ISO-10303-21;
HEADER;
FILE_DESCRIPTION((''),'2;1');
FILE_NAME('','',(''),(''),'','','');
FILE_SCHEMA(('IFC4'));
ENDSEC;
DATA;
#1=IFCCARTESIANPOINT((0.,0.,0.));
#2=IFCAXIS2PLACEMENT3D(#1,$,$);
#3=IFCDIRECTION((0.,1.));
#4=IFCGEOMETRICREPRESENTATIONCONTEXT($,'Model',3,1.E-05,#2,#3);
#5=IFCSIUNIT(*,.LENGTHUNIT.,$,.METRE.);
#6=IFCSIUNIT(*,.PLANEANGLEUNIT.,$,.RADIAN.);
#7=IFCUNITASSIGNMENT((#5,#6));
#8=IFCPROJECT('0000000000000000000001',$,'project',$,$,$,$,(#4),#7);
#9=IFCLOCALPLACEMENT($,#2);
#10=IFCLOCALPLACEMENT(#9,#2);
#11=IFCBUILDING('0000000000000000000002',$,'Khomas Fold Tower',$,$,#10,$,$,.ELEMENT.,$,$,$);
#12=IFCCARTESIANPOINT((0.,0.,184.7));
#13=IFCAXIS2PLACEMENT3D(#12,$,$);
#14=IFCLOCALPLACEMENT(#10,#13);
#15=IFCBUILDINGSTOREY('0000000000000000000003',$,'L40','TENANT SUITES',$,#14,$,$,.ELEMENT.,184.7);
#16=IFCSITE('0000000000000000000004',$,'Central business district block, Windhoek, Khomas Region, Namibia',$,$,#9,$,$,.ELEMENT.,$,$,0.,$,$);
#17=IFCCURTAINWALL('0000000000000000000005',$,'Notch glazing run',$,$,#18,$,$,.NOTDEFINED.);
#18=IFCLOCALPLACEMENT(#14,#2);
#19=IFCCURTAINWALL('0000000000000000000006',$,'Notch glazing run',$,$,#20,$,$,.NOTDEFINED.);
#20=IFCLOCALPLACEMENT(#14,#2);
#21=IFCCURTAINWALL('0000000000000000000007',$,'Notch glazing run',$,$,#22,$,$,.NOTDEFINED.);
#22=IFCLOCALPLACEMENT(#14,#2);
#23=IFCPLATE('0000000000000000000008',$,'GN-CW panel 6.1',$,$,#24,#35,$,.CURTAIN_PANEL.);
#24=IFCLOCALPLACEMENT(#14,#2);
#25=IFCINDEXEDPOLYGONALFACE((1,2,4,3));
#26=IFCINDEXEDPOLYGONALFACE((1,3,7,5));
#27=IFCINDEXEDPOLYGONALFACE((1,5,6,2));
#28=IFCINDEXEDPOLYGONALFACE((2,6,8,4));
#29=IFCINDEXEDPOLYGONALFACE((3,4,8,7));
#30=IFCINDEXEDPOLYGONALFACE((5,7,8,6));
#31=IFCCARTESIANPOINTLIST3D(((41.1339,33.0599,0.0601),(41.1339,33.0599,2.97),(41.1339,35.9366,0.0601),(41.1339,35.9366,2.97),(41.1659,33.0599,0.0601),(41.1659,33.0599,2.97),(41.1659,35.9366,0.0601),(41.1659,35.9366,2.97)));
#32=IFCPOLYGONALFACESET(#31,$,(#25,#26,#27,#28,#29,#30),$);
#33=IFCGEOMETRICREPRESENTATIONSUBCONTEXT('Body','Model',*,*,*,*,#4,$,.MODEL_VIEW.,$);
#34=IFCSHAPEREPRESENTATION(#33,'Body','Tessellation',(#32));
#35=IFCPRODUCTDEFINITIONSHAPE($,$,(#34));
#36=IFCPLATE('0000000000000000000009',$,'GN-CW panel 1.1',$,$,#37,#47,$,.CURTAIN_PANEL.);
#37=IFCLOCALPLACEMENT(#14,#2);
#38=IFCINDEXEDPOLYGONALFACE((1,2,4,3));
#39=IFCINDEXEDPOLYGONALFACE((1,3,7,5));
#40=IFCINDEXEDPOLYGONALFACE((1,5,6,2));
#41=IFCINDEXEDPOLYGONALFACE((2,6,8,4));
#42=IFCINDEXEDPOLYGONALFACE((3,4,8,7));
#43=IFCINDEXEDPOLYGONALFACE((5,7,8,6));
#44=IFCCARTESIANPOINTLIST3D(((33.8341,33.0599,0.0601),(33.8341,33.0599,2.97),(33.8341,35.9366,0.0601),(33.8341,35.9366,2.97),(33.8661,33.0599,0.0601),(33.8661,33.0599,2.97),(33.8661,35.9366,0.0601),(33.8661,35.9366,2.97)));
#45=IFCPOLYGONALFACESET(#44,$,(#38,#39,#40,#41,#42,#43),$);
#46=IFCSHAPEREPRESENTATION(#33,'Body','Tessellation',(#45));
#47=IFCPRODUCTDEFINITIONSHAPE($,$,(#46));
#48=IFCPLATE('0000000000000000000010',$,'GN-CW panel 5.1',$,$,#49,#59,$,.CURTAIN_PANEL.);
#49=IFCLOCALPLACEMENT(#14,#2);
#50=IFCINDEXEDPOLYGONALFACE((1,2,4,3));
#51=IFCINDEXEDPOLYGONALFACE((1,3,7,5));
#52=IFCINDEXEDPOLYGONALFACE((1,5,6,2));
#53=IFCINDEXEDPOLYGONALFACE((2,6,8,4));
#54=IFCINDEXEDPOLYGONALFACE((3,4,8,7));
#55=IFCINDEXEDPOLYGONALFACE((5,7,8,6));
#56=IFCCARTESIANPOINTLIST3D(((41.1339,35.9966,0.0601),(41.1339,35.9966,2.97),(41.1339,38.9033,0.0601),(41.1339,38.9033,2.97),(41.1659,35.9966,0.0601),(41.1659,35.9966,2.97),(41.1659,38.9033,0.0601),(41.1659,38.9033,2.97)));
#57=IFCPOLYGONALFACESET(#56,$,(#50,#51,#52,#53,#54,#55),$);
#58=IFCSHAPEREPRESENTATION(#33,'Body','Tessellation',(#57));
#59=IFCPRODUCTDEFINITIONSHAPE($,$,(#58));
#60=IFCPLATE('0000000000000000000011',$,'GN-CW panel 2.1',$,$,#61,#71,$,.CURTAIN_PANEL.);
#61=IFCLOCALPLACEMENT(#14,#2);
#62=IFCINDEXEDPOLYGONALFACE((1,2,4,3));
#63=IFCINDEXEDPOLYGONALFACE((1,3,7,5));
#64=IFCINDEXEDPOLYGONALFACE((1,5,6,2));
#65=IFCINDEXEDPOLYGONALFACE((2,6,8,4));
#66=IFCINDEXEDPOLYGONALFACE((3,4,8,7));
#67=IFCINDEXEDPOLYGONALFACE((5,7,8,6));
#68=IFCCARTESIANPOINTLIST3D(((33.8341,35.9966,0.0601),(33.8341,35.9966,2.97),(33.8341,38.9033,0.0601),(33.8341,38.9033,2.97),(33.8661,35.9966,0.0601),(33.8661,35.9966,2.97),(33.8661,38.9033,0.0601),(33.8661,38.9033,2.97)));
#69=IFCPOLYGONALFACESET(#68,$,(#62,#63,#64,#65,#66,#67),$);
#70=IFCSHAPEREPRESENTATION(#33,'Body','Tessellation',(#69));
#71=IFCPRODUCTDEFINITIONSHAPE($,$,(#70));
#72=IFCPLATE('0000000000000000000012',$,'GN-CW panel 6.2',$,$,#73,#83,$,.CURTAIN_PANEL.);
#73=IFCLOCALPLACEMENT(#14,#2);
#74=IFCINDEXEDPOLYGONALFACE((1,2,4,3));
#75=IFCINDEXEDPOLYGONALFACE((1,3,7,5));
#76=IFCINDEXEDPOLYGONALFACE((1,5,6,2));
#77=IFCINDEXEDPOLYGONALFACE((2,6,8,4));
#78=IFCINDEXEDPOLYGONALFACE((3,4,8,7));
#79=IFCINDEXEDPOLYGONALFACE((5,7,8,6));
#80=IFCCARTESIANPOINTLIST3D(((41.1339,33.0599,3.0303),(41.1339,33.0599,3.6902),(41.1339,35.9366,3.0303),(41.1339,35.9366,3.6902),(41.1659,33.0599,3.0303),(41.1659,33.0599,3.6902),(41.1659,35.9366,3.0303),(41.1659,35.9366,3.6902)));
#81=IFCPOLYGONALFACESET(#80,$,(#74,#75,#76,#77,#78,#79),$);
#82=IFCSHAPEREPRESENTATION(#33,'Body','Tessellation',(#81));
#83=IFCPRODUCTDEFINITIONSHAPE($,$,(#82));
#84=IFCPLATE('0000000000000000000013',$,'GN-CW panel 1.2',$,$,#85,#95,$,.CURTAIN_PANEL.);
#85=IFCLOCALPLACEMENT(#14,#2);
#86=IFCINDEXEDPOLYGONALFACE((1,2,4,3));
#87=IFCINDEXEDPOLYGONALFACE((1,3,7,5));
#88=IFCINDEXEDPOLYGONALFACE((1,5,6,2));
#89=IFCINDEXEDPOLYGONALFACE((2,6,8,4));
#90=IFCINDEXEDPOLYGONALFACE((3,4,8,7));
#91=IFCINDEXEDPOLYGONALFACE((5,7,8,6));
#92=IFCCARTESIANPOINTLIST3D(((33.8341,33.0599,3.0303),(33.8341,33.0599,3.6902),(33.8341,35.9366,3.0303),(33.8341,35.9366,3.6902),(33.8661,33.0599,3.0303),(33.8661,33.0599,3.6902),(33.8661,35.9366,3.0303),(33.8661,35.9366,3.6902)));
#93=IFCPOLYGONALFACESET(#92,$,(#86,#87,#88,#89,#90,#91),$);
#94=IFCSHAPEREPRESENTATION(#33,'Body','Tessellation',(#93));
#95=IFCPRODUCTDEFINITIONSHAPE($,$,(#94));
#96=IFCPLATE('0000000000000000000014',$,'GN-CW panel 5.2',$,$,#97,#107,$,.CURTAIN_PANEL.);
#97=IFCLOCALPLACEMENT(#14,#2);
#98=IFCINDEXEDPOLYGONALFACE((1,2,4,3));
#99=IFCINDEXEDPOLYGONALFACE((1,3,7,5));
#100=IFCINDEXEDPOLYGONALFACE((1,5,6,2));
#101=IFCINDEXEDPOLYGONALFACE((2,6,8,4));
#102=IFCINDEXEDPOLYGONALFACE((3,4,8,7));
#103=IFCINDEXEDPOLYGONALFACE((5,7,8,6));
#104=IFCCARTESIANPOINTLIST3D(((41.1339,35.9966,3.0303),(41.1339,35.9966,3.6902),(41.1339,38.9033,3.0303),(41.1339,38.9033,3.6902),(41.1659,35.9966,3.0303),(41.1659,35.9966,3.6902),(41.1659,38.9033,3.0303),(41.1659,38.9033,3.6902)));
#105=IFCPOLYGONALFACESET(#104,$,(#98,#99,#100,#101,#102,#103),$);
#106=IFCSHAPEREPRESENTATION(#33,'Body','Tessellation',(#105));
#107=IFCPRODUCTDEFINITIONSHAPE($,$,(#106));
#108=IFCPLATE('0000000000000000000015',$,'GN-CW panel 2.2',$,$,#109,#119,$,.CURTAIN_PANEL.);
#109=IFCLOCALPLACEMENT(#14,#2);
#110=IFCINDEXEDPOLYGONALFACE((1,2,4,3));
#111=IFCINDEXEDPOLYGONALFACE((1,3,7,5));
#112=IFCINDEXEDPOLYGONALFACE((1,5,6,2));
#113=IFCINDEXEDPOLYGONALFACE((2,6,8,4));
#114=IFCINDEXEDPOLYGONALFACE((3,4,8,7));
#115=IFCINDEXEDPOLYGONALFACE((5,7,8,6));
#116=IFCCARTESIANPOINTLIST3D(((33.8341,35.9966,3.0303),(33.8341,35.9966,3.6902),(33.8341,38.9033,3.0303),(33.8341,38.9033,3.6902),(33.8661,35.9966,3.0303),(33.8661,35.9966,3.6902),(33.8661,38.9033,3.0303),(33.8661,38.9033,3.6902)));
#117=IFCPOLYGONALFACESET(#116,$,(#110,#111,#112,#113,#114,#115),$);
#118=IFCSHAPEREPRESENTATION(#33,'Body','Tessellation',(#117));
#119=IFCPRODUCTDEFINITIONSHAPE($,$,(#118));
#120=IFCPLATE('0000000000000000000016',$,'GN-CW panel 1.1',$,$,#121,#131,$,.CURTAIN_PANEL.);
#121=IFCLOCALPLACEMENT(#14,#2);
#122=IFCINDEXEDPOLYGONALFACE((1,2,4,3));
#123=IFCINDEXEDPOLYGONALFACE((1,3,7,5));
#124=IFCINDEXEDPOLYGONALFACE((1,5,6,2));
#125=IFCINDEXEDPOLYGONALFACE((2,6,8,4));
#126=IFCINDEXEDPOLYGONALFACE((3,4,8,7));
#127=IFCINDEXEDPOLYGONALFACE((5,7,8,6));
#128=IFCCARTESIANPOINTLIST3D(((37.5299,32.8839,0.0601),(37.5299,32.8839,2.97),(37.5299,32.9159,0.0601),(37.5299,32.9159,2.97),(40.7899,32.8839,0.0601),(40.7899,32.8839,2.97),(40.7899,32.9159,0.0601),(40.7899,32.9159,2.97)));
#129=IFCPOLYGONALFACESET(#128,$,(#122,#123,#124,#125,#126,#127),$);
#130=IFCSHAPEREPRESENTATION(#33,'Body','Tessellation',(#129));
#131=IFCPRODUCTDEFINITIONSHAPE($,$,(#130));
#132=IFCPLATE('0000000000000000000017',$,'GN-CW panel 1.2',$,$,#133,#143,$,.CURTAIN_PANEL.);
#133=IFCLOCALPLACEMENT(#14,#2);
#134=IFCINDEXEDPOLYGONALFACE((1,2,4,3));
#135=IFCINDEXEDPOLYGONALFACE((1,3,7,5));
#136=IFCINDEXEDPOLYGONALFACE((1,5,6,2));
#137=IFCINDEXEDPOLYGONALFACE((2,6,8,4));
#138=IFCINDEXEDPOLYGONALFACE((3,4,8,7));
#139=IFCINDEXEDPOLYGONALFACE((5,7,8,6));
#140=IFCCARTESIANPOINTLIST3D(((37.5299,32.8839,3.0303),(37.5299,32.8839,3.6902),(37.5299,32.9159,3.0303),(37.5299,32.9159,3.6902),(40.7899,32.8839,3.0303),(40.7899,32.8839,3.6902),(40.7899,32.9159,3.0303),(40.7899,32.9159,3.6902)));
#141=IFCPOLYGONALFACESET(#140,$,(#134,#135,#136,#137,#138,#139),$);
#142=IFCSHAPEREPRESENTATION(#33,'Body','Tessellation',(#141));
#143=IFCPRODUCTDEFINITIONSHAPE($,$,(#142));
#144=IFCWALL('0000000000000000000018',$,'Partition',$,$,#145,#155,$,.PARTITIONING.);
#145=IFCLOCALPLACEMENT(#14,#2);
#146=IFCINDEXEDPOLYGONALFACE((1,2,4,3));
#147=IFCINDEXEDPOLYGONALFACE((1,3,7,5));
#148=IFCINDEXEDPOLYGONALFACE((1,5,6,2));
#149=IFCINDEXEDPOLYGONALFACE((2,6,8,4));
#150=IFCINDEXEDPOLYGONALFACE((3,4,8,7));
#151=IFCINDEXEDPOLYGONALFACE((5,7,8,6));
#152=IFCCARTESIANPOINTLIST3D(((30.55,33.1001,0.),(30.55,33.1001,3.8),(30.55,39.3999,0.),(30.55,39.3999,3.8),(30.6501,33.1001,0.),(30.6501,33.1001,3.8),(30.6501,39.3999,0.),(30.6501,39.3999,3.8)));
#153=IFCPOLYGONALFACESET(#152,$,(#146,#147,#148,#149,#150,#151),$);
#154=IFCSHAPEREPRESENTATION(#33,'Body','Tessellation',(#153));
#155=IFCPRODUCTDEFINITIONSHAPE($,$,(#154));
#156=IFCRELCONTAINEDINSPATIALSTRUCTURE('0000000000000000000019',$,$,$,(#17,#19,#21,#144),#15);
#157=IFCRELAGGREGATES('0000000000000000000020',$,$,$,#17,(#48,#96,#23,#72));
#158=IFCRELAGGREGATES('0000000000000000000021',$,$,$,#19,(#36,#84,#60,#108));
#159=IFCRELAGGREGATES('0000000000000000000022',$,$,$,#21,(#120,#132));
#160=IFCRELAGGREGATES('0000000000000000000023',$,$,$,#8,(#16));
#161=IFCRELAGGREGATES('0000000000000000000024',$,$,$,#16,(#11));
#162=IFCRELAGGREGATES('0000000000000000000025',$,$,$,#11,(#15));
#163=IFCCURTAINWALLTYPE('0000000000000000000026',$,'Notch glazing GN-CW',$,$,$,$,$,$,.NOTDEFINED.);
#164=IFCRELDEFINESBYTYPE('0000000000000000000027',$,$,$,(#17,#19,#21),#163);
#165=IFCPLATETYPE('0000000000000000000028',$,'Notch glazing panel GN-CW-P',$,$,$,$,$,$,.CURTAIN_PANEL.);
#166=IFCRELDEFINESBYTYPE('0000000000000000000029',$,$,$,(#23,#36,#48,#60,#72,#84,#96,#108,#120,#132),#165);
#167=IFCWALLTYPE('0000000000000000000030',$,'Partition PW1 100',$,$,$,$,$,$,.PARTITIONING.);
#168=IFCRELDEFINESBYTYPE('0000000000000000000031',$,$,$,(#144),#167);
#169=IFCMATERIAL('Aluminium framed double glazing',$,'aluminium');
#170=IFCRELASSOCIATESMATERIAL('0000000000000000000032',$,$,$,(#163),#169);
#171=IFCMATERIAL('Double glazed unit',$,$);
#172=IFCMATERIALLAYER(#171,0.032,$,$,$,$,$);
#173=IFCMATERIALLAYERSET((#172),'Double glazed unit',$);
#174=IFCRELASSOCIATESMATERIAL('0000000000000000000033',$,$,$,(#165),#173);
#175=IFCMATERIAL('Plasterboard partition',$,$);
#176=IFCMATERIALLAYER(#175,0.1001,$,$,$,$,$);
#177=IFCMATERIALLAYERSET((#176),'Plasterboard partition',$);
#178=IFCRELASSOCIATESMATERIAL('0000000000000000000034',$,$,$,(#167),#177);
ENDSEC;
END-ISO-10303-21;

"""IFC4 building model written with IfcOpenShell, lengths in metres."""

from ifc_helpers import new_model, si_unit, direction, frame, frame_2d, origin, origin_2d, place, context, subcontext, project, spatial, rectangle, extrude, source, transform, mapped, material, layer, layer_set, type_object, element, aggregate, save


model = new_model("IFC4")

# Units and contexts
model_context = context("Model", 3, precision=1e-05, world=origin(), true_north=direction((0.0, 1.0)))
body_context = subcontext(model_context, "Body", "Model", "MODEL_VIEW")
ifc_project = project(units=[si_unit("LENGTHUNIT", "METRE"), si_unit("PLANEANGLEUNIT", "RADIAN")], contexts=[model_context])

# Site, building, storey
site_placement = place(None, origin())
site = spatial("IfcSite", under=ifc_project, at=site_placement, Name="Central business district block, Windhoek, Khomas Region, Namibia", CompositionType="ELEMENT", RefElevation=0.0)
building_placement = place(site_placement, origin())
building = spatial("IfcBuilding", under=site, at=building_placement, Name="Khomas Fold Tower", CompositionType="ELEMENT")
storey_placement = place(building_placement, frame((0.0, 0.0, 184.7)))
storey = spatial("IfcBuildingStorey", under=building, at=storey_placement, Name="L40", Description="TENANT SUITES", CompositionType="ELEMENT", Elevation=184.7)

# Curtain walls
ifc_material_1 = material(Name="Aluminium framed double glazing", Category="aluminium")
curtain_wall_type = type_object("IfcCurtainWallType", Name="Notch glazing GN-CW", PredefinedType="NOTDEFINED", material=ifc_material_1)
curtain_wall_1_placement = place(storey_placement, origin())
curtain_wall_1 = element("IfcCurtainWall", 1, at=curtain_wall_1_placement, inside=storey, type_object=curtain_wall_type, Name="Notch glazing run", PredefinedType="NOTDEFINED")
curtain_wall_2_placement = place(storey_placement, origin())
curtain_wall_2 = element("IfcCurtainWall", 2, at=curtain_wall_2_placement, inside=storey, type_object=curtain_wall_type, Name="Notch glazing run", PredefinedType="NOTDEFINED")

# Curtain wall
curtain_wall_3_placement = place(storey_placement, origin())
curtain_wall_3 = element("IfcCurtainWall", 3, at=curtain_wall_3_placement, inside=storey, type_object=curtain_wall_type, Name="Notch glazing run", PredefinedType="NOTDEFINED")

# Plates
ifc_material_2 = material(Name="Double glazed unit")
ifc_layer_1 = layer(ifc_material_2, 0.032)
ifc_layer_set_1 = layer_set([ifc_layer_1], Name="Double glazed unit")
plate_type = type_object("IfcPlateType", Name="Notch glazing panel GN-CW-P", PredefinedType="CURTAIN_PANEL", material=ifc_layer_set_1)
shared_shape_1 = source(origin(), body_context, "Body", "SweptSolid", [
    extrude(rectangle(XDim=2.8767, YDim=0.032, at=origin_2d()), origin(), (0.0, 0.0, 1.0), 2.9099),
])
plate_1_placement = place(storey_placement, frame((41.1499, 34.4983, 0.0601), z_axis=(0.0, 0.0, 1.0), x_axis=(0.0, -1.0, 0.0)))
plate_1 = element("IfcPlate", 4, at=plate_1_placement, type_object=plate_type, Name="GN-CW panel 6.1", PredefinedType="CURTAIN_PANEL", context=body_context, shape_type="MappedRepresentation", body=[
    mapped(shared_shape_1, transform((0.0, 0.0, 0.0))),
])
plate_2_placement = place(storey_placement, frame((33.8501, 34.4983, 0.0601), z_axis=(0.0, 0.0, 1.0), x_axis=(0.0, 1.0, 0.0)))
plate_2 = element("IfcPlate", 5, at=plate_2_placement, type_object=plate_type, Name="GN-CW panel 1.1", PredefinedType="CURTAIN_PANEL", context=body_context, shape_type="MappedRepresentation", body=[
    mapped(shared_shape_1, transform((0.0, 0.0, 0.0))),
])
shared_shape_2 = source(origin(), body_context, "Body", "SweptSolid", [
    extrude(rectangle(XDim=2.9067, YDim=0.032, at=origin_2d()), origin(), (0.0, 0.0, 1.0), 2.9099),
])
plate_3_placement = place(storey_placement, frame((41.1499, 37.45, 0.0601), z_axis=(0.0, 0.0, 1.0), x_axis=(0.0, -1.0, 0.0)))
plate_3 = element("IfcPlate", 6, at=plate_3_placement, type_object=plate_type, Name="GN-CW panel 5.1", PredefinedType="CURTAIN_PANEL", context=body_context, shape_type="MappedRepresentation", body=[
    mapped(shared_shape_2, transform((0.0, 0.0, 0.0))),
])
plate_4_placement = place(storey_placement, frame((33.8501, 37.45, 0.0601), z_axis=(0.0, 0.0, 1.0), x_axis=(0.0, 1.0, 0.0)))
plate_4 = element("IfcPlate", 7, at=plate_4_placement, type_object=plate_type, Name="GN-CW panel 2.1", PredefinedType="CURTAIN_PANEL", context=body_context, shape_type="MappedRepresentation", body=[
    mapped(shared_shape_2, transform((0.0, 0.0, 0.0))),
])
shared_shape_3 = source(origin(), body_context, "Body", "SweptSolid", [
    extrude(rectangle(XDim=2.8767, YDim=0.032, at=origin_2d()), origin(), (0.0, 0.0, 1.0), 0.6599),
])
plate_5_placement = place(storey_placement, frame((41.1499, 34.4983, 3.0303), z_axis=(0.0, 0.0, 1.0), x_axis=(0.0, -1.0, 0.0)))
plate_5 = element("IfcPlate", 8, at=plate_5_placement, type_object=plate_type, Name="GN-CW panel 6.2", PredefinedType="CURTAIN_PANEL", context=body_context, shape_type="MappedRepresentation", body=[
    mapped(shared_shape_3, transform((0.0, 0.0, 0.0))),
])
plate_6_placement = place(storey_placement, frame((33.8501, 34.4983, 3.0303), z_axis=(0.0, 0.0, 1.0), x_axis=(0.0, 1.0, 0.0)))
plate_6 = element("IfcPlate", 9, at=plate_6_placement, type_object=plate_type, Name="GN-CW panel 1.2", PredefinedType="CURTAIN_PANEL", context=body_context, shape_type="MappedRepresentation", body=[
    mapped(shared_shape_3, transform((0.0, 0.0, 0.0))),
])
shared_shape_4 = source(origin(), body_context, "Body", "SweptSolid", [
    extrude(rectangle(XDim=2.9067, YDim=0.032, at=origin_2d()), origin(), (0.0, 0.0, 1.0), 0.6599),
])
plate_7_placement = place(storey_placement, frame((41.1499, 37.45, 3.0303), z_axis=(0.0, 0.0, 1.0), x_axis=(0.0, -1.0, 0.0)))
plate_7 = element("IfcPlate", 10, at=plate_7_placement, type_object=plate_type, Name="GN-CW panel 5.2", PredefinedType="CURTAIN_PANEL", context=body_context, shape_type="MappedRepresentation", body=[
    mapped(shared_shape_4, transform((0.0, 0.0, 0.0))),
])
aggregate(curtain_wall_1, [plate_3, plate_7, plate_1, plate_5])
plate_8_placement = place(storey_placement, frame((33.8501, 37.45, 3.0303), z_axis=(0.0, 0.0, 1.0), x_axis=(0.0, 1.0, 0.0)))
plate_8 = element("IfcPlate", 11, at=plate_8_placement, type_object=plate_type, Name="GN-CW panel 2.2", PredefinedType="CURTAIN_PANEL", context=body_context, shape_type="MappedRepresentation", body=[
    mapped(shared_shape_4, transform((0.0, 0.0, 0.0))),
])
aggregate(curtain_wall_2, [plate_2, plate_6, plate_4, plate_8])
shared_shape_5 = source(origin(), body_context, "Body", "SweptSolid", [
    extrude(rectangle(XDim=3.26, YDim=0.032, at=origin_2d()), origin(), (0.0, 0.0, 1.0), 2.9099),
])
plate_9_placement = place(storey_placement, frame((39.1599, 32.8999, 0.0601), z_axis=(0.0, 0.0, 1.0), x_axis=(-1.0, 0.0, 0.0)))
plate_9 = element("IfcPlate", 12, at=plate_9_placement, type_object=plate_type, Name="GN-CW panel 1.1", PredefinedType="CURTAIN_PANEL", context=body_context, shape_type="MappedRepresentation", body=[
    mapped(shared_shape_5, transform((0.0, 0.0, 0.0))),
])
shared_shape_6 = source(origin(), body_context, "Body", "SweptSolid", [
    extrude(rectangle(XDim=3.26, YDim=0.032, at=origin_2d()), origin(), (0.0, 0.0, 1.0), 0.6599),
])
plate_10_placement = place(storey_placement, frame((39.1599, 32.8999, 3.0303), z_axis=(0.0, 0.0, 1.0), x_axis=(-1.0, 0.0, 0.0)))
plate_10 = element("IfcPlate", 13, at=plate_10_placement, type_object=plate_type, Name="GN-CW panel 1.2", PredefinedType="CURTAIN_PANEL", context=body_context, shape_type="MappedRepresentation", body=[
    mapped(shared_shape_6, transform((0.0, 0.0, 0.0))),
])
aggregate(curtain_wall_3, [plate_9, plate_10])

# Wall
ifc_material_3 = material(Name="Plasterboard partition")
ifc_layer_2 = layer(ifc_material_3, 0.1001)
ifc_layer_set_2 = layer_set([ifc_layer_2], Name="Plasterboard partition")
wall_type = type_object("IfcWallType", Name="Partition PW1 100", PredefinedType="PARTITIONING", material=ifc_layer_set_2)
shared_shape_7 = source(origin(), body_context, "Body", "SweptSolid", [
    extrude(rectangle(XDim=6.2998, YDim=0.1001, at=frame_2d((3.1499, 0.0))), origin(), (0.0, 0.0, 1.0), 3.8),
])
wall_placement = place(storey_placement, frame((30.6001, 33.1001, 0.0), z_axis=(0.0, 0.0, 1.0), x_axis=(0.0, 1.0, 0.0)))
element("IfcWall", 14, at=wall_placement, inside=storey, type_object=wall_type, Name="Partition", PredefinedType="PARTITIONING", context=body_context, shape_type="MappedRepresentation", body=[
    mapped(shared_shape_7, transform((0.0, 0.0, 0.0))),
])

save(model, "model.ifc")
